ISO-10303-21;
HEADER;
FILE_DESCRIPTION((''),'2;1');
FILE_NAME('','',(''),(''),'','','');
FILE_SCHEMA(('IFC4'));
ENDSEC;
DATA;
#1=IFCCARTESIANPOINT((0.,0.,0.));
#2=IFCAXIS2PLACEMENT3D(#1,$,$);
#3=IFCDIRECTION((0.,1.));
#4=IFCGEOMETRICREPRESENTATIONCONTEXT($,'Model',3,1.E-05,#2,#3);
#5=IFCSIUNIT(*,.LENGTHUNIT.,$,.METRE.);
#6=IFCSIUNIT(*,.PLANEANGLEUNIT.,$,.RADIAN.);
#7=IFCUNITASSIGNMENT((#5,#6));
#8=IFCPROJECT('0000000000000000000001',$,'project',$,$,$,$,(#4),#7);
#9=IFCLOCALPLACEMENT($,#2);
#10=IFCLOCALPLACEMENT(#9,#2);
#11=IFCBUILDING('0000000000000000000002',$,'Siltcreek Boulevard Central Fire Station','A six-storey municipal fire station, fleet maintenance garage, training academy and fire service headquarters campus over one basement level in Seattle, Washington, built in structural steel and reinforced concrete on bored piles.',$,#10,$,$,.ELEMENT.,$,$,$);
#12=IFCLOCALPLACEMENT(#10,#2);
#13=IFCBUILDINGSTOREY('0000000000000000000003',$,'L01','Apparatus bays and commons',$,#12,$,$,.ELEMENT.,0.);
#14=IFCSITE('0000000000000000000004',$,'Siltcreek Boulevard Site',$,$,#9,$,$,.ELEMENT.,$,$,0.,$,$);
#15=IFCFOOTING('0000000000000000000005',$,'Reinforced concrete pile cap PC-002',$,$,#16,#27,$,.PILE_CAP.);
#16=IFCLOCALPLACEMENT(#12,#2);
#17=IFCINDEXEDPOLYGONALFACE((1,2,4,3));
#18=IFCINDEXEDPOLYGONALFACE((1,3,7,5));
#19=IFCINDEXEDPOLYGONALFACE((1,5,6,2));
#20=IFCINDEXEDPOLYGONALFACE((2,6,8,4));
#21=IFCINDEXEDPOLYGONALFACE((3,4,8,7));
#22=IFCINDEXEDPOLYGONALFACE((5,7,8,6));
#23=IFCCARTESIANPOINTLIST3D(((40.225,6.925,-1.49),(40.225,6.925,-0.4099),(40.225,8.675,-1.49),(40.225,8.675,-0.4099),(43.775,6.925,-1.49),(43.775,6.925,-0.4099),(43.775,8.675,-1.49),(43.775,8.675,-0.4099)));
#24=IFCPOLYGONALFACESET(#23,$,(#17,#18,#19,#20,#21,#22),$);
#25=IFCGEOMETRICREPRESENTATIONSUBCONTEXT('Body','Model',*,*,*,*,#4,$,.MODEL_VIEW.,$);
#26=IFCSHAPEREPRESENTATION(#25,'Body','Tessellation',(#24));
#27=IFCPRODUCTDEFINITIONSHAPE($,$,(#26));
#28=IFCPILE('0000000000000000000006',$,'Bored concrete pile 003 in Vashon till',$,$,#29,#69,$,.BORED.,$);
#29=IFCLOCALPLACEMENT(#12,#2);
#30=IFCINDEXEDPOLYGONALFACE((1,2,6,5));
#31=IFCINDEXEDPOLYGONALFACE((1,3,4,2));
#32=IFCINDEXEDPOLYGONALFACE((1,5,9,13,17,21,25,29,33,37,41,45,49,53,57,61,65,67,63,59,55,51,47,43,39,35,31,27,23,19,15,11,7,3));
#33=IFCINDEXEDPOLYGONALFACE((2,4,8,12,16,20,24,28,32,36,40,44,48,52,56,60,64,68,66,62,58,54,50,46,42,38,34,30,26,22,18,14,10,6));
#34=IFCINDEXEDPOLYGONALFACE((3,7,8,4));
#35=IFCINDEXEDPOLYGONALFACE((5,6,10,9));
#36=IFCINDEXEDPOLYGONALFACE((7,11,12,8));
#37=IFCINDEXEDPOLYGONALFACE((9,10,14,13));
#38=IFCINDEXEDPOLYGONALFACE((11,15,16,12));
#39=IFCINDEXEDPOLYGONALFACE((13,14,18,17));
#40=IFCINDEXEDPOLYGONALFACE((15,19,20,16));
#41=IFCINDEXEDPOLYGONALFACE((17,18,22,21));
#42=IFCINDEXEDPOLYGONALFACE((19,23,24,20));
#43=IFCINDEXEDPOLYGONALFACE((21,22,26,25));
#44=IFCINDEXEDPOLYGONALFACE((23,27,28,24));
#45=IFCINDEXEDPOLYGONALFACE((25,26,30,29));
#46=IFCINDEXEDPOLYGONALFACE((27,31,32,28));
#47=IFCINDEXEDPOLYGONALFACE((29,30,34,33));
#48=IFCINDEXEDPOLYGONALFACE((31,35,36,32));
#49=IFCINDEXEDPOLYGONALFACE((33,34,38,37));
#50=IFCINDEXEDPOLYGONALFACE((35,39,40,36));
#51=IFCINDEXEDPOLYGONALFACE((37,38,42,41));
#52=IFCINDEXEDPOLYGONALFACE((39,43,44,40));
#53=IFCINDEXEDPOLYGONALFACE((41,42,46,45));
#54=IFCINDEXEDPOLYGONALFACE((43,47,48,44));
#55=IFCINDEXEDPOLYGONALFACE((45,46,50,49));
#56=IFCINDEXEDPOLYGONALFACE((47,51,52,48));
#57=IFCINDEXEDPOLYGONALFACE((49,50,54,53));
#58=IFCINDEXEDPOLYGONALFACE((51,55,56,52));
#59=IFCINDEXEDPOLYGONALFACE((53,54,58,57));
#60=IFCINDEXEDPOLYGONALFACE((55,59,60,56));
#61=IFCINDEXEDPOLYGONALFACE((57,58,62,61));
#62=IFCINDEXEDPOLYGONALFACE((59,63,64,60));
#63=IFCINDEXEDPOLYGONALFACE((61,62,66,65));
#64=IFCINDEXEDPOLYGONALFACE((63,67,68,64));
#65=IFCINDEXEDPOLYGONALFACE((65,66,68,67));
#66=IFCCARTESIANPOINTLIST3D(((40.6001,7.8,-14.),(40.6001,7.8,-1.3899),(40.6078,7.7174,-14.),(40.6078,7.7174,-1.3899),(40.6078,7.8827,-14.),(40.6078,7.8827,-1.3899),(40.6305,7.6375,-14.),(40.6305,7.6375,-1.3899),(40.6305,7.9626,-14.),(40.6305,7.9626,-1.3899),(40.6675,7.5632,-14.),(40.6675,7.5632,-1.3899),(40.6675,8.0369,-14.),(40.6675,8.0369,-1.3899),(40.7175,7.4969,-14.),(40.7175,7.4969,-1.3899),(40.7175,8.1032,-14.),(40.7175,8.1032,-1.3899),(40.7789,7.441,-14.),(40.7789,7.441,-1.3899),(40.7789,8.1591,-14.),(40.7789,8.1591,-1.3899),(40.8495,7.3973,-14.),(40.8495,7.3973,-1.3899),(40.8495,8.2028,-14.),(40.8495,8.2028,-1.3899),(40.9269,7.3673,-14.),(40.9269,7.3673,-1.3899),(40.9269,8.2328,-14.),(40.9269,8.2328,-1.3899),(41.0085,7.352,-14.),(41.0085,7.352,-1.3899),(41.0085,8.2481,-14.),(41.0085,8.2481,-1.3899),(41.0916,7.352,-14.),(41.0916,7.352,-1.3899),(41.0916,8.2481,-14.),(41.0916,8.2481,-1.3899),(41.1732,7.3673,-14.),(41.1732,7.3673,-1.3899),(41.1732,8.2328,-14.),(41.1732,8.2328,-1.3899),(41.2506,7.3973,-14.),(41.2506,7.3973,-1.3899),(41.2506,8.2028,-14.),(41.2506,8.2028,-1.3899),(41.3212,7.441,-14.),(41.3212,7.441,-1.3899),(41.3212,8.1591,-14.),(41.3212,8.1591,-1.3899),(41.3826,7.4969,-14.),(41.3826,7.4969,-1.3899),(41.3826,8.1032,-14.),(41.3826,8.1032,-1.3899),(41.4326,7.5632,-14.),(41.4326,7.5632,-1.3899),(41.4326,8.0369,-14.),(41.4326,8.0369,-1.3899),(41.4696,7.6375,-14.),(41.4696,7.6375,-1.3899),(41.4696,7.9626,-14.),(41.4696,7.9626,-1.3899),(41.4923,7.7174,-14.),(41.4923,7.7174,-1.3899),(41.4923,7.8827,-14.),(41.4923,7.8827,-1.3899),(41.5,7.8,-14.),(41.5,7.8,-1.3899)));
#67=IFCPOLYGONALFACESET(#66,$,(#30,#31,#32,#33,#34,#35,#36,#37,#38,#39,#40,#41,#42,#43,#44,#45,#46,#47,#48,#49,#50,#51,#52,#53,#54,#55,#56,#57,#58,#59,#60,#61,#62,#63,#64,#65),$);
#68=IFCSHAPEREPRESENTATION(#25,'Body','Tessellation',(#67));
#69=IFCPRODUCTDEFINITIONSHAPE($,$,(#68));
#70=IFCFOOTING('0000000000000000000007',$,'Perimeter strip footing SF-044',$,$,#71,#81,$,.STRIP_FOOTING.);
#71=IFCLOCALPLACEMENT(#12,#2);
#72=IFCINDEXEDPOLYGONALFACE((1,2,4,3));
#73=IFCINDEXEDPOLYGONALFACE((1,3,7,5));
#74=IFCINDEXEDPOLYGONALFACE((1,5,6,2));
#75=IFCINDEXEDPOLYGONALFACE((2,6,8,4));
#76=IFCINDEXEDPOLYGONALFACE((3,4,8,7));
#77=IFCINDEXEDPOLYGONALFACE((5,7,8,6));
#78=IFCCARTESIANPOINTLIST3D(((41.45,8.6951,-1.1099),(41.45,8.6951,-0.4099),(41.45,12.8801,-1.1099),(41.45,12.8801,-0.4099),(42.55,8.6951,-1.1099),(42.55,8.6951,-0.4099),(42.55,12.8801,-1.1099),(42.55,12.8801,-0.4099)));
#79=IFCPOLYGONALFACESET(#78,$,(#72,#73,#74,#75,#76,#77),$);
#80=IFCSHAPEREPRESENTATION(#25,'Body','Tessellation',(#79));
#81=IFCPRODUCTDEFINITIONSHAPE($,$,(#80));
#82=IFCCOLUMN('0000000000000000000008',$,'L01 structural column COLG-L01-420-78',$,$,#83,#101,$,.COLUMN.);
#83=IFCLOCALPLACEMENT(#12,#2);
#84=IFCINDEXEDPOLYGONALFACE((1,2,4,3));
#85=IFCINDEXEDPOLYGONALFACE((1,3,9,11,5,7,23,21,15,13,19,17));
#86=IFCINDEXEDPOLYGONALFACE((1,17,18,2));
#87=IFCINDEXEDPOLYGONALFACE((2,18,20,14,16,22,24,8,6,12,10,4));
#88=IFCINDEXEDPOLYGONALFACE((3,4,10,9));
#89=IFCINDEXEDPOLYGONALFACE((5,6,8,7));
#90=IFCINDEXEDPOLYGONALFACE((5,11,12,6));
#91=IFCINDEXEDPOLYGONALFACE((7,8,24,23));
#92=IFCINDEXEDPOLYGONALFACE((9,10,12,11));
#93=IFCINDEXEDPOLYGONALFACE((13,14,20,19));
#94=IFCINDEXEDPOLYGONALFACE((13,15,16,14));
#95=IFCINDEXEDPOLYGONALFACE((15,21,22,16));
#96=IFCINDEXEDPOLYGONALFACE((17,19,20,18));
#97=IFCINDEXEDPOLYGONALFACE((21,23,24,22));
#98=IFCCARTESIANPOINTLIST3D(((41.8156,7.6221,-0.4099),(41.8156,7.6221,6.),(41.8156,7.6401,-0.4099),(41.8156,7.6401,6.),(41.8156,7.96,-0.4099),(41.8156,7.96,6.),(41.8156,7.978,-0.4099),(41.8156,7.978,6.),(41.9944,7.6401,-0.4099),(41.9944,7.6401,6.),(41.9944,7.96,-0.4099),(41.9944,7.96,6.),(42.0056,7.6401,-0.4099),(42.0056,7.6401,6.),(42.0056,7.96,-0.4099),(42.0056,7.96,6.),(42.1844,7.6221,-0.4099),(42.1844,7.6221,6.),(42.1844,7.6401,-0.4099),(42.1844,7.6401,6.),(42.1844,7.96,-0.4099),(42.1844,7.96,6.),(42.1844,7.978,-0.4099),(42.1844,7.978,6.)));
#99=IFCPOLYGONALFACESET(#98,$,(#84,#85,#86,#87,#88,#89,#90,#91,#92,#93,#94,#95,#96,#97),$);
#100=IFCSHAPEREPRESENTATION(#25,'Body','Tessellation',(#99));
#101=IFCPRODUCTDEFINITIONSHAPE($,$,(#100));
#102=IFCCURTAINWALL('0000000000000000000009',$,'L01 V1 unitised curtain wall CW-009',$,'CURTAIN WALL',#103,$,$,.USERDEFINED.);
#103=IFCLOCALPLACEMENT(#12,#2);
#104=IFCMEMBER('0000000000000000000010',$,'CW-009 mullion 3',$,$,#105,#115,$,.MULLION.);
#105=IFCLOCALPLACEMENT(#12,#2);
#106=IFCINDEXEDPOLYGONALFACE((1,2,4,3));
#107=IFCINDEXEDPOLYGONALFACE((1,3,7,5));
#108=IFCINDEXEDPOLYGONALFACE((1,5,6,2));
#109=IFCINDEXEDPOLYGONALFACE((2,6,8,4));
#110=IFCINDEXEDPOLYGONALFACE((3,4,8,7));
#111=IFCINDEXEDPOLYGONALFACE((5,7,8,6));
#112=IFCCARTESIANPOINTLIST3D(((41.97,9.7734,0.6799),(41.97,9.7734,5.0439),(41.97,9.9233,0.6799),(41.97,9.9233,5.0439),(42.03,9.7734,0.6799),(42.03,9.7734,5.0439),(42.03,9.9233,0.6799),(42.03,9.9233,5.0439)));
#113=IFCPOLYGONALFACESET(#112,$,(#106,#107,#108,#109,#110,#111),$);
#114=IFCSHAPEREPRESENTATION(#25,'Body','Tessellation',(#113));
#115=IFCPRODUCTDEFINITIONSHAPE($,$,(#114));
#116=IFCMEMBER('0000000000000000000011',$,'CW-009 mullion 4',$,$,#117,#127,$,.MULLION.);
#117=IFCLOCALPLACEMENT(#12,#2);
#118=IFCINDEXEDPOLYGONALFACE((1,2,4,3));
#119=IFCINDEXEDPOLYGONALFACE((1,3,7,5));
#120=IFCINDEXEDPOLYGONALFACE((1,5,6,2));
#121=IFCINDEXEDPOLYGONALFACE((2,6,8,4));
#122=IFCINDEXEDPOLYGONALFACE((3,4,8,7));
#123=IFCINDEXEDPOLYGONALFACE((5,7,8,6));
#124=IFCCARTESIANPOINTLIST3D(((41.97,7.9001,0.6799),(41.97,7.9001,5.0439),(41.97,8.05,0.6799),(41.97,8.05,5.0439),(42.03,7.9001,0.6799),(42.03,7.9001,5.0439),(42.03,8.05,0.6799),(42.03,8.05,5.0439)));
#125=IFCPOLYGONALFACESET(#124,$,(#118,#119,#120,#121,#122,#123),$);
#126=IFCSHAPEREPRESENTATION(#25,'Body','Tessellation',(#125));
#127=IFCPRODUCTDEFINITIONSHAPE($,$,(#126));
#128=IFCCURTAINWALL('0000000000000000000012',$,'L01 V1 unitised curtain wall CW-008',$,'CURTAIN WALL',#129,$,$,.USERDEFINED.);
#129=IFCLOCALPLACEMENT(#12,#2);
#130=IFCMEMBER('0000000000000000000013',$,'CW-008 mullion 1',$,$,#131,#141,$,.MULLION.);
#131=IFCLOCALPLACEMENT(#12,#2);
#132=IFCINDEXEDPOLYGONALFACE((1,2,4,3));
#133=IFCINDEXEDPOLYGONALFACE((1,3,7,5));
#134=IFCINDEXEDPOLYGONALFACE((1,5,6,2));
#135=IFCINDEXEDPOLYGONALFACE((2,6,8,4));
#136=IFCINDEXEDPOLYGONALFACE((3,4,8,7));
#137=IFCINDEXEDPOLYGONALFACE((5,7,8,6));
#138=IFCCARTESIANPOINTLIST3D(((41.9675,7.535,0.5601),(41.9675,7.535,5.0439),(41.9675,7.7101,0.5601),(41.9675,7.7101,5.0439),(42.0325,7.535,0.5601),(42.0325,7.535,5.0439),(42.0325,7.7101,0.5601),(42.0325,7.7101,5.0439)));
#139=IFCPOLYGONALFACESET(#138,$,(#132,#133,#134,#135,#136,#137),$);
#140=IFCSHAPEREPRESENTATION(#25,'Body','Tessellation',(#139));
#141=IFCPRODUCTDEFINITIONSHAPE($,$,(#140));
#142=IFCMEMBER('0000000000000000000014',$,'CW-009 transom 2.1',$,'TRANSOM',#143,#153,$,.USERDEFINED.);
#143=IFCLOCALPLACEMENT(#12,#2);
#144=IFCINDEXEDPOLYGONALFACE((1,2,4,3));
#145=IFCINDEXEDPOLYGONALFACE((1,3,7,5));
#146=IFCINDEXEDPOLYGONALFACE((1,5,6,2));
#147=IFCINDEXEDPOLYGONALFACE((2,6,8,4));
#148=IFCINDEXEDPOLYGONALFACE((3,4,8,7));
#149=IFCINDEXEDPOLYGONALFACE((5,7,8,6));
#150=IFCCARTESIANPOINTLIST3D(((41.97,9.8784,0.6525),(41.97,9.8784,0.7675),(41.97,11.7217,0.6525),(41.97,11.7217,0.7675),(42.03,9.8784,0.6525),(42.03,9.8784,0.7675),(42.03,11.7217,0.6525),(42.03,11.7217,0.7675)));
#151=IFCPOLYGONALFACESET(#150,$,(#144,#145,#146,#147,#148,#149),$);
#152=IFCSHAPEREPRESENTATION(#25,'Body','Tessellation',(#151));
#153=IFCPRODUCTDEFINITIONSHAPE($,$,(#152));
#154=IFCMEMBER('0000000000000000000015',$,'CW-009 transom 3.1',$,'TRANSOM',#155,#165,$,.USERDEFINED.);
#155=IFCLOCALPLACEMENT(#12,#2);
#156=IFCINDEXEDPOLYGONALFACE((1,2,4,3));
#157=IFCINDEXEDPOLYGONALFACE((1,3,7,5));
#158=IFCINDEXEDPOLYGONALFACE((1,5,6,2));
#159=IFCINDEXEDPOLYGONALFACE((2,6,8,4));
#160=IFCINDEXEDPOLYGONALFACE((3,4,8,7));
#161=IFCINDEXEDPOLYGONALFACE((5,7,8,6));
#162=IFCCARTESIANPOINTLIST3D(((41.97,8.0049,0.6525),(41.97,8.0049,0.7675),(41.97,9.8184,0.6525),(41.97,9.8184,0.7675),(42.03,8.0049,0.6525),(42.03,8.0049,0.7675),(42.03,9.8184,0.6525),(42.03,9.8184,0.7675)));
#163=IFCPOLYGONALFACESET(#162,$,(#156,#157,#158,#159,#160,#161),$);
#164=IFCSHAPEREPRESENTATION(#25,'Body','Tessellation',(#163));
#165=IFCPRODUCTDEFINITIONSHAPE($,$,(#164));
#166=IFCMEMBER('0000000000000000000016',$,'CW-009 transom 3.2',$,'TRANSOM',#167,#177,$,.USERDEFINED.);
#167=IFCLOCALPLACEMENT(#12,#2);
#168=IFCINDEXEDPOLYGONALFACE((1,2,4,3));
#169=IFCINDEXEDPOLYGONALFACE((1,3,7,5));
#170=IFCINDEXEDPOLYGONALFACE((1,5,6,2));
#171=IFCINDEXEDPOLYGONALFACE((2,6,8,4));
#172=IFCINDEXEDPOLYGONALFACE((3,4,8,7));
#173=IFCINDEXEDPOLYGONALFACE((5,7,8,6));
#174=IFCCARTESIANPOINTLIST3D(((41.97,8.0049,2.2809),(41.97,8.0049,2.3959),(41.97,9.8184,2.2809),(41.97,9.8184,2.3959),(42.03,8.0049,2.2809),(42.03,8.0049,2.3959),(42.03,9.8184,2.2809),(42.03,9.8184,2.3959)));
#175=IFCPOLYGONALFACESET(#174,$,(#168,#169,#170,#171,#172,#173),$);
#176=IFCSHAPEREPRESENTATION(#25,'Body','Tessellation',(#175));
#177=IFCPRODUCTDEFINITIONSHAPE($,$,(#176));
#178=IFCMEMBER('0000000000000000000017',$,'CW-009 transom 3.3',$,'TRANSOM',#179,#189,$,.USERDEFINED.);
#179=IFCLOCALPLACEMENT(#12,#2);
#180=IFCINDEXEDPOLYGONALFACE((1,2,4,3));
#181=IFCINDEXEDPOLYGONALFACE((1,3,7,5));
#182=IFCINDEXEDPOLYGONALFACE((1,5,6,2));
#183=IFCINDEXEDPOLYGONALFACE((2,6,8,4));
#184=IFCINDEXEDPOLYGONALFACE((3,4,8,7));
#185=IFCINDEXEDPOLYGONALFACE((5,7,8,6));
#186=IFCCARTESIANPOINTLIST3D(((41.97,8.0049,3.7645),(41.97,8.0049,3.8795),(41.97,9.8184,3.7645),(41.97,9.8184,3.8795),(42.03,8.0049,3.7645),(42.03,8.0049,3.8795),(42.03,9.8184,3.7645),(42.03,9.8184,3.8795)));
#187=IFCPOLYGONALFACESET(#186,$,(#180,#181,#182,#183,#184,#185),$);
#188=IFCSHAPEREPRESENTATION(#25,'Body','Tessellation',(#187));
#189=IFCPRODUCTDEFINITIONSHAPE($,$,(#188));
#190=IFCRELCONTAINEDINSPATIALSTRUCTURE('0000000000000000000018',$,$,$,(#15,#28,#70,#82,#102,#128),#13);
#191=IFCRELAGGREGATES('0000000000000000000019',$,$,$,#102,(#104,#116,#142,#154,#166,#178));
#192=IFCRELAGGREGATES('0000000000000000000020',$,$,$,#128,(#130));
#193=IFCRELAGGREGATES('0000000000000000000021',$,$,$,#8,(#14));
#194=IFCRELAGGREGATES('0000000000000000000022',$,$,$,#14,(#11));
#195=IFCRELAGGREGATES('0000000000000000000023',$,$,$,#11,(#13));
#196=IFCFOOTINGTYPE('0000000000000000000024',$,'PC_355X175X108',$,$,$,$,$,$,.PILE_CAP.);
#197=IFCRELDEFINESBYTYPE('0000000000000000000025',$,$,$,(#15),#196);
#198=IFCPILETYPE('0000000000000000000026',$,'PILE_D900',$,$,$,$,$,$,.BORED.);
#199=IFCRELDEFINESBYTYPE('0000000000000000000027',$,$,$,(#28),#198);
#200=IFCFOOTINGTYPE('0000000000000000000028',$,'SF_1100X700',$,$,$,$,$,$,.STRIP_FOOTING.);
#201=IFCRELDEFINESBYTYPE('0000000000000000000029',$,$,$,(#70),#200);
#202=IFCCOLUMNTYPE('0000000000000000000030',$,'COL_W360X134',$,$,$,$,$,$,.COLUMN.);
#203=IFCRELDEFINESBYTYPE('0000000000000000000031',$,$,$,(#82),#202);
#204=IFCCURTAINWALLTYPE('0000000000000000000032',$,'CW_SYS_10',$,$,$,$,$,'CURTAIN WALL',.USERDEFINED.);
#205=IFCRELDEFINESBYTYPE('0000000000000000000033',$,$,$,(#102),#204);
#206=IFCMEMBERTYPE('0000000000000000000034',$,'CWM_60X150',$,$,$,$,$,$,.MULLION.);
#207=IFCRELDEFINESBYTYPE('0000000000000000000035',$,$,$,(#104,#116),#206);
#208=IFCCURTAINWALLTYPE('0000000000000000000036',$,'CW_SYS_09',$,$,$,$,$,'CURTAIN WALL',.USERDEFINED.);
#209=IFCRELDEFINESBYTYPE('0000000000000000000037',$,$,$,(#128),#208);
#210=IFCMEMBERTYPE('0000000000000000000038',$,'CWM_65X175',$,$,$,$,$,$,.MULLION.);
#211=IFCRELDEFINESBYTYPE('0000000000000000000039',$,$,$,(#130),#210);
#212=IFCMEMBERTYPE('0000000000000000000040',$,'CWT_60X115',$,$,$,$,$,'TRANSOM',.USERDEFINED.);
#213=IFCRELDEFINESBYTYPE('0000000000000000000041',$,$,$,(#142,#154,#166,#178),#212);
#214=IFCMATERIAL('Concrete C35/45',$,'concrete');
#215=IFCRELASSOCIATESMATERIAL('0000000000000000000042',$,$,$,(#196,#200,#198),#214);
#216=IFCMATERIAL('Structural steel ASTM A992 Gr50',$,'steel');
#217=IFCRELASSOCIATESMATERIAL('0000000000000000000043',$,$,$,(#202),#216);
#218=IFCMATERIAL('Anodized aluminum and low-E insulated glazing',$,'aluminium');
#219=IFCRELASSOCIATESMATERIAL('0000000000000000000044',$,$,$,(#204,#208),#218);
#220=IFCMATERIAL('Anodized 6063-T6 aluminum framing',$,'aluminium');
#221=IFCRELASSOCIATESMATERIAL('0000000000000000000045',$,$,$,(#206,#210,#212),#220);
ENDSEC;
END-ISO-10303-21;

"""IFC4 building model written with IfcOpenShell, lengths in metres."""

from ifc_helpers import new_model, si_unit, direction, frame, origin, origin_2d, place, context, subcontext, project, spatial, rectangle, circle, i_section, extrude, material, material_profile, profile_set, type_object, element, aggregate, save


model = new_model("IFC4")

# Units and contexts
model_context = context("Model", 3, precision=1e-05, world=origin(), true_north=direction((0.0, 1.0)))
body_context = subcontext(model_context, "Body", "Model", "MODEL_VIEW")
ifc_project = project(units=[si_unit("LENGTHUNIT", "METRE"), si_unit("PLANEANGLEUNIT", "RADIAN")], contexts=[model_context])

# Site, building, storey
site_placement = place(None, origin())
site = spatial("IfcSite", under=ifc_project, at=site_placement, Name="Siltcreek Boulevard Site", CompositionType="ELEMENT", RefElevation=0.0)
building_placement = place(site_placement, origin())
building = spatial("IfcBuilding", under=site, at=building_placement, Name="Siltcreek Boulevard Central Fire Station", Description="A six-storey municipal fire station, fleet maintenance garage, training academy and fire service headquarters campus over one basement level in Seattle, Washington, built in structural steel and reinforced concrete on bored piles.", CompositionType="ELEMENT")
storey_placement = place(building_placement, origin())
storey = spatial("IfcBuildingStorey", under=building, at=storey_placement, Name="L01", Description="Apparatus bays and commons", CompositionType="ELEMENT", Elevation=0.0)

# Footing
ifc_material_1 = material(Name="Concrete C35/45", Category="concrete")
footing_type_1 = type_object("IfcFootingType", Name="PC_355X175X108", PredefinedType="PILE_CAP", material=ifc_material_1)
footing_1_placement = place(storey_placement, frame((42.0, 7.8, -1.49), z_axis=(0.0, 0.0, 1.0), x_axis=(1.0, 0.0, 0.0)))
element("IfcFooting", 1, at=footing_1_placement, inside=storey, type_object=footing_type_1, Name="Reinforced concrete pile cap PC-002", PredefinedType="PILE_CAP", context=body_context, shape_type="SweptSolid", body=[
    extrude(rectangle(XDim=3.55, YDim=1.75, at=origin_2d()), origin(), (0.0, 0.0, 1.0), 1.0801),
])

# Pile
ifc_material_profile_1 = material_profile(ifc_material_1, circle(Radius=0.45, at=origin_2d()), Name="SHAFT900")
ifc_profile_set_1 = profile_set([ifc_material_profile_1], Name="Concrete C35/45")
pile_type = type_object("IfcPileType", Name="PILE_D900", PredefinedType="BORED", material=ifc_profile_set_1)
pile_placement = place(storey_placement, frame((41.05, 7.8, -1.3899), z_axis=(0.0, 0.0, -1.0), x_axis=(1.0, 0.0, 0.0)))
element("IfcPile", 2, at=pile_placement, inside=storey, type_object=pile_type, Name="Bored concrete pile 003 in Vashon till", PredefinedType="BORED", context=body_context, shape_type="SweptSolid", body=[
    extrude(circle(Radius=0.45, at=origin_2d()), origin(), (0.0, 0.0, 1.0), 12.6101),
])

# Footing
footing_type_2 = type_object("IfcFootingType", Name="SF_1100X700", PredefinedType="STRIP_FOOTING", material=ifc_material_1)
footing_2_placement = place(storey_placement, frame((42.0, 10.7876, -1.1099), z_axis=(0.0, 0.0, 1.0), x_axis=(1.0, 0.0, 0.0)))
element("IfcFooting", 3, at=footing_2_placement, inside=storey, type_object=footing_type_2, Name="Perimeter strip footing SF-044", PredefinedType="STRIP_FOOTING", context=body_context, shape_type="SweptSolid", body=[
    extrude(rectangle(XDim=1.1001, YDim=4.1851, at=origin_2d()), origin(), (0.0, 0.0, 1.0), 0.7),
])

# Column
ifc_material_2 = material(Name="Structural steel ASTM A992 Gr50", Category="steel")
ifc_material_profile_2 = material_profile(ifc_material_2, i_section(OverallWidth=0.3689, OverallDepth=0.356, WebThickness=0.0112, FlangeThickness=0.0181, at=origin_2d()), Name="W360X134")
ifc_profile_set_2 = profile_set([ifc_material_profile_2], Name="Structural steel ASTM A992 Gr50")
column_type = type_object("IfcColumnType", Name="COL_W360X134", PredefinedType="COLUMN", material=ifc_profile_set_2)
column_placement = place(storey_placement, frame((42.0, 7.8, -0.4099), z_axis=(0.0, 0.0, 1.0), x_axis=(1.0, 0.0, 0.0)))
element("IfcColumn", 4, at=column_placement, inside=storey, type_object=column_type, Name="L01 structural column COLG-L01-420-78", PredefinedType="COLUMN", context=body_context, shape_type="SweptSolid", body=[
    extrude(i_section(OverallWidth=0.3689, OverallDepth=0.356, WebThickness=0.0112, FlangeThickness=0.0181, at=origin_2d()), origin(), (0.0, 0.0, 1.0), 6.4099),
])

# Curtain wall, members
ifc_material_3 = material(Name="Anodized aluminum and low-E insulated glazing", Category="aluminium")
curtain_wall_type_1 = type_object("IfcCurtainWallType", Name="CW_SYS_10", ElementType="CURTAIN WALL", PredefinedType="USERDEFINED", material=ifc_material_3)
curtain_wall_1_placement = place(storey_placement, origin())
curtain_wall_1 = element("IfcCurtainWall", 5, at=curtain_wall_1_placement, inside=storey, type_object=curtain_wall_type_1, Name="L01 V1 unitised curtain wall CW-009", ObjectType="CURTAIN WALL", PredefinedType="USERDEFINED")
ifc_material_4 = material(Name="Anodized 6063-T6 aluminum framing", Category="aluminium")
ifc_material_profile_3 = material_profile(ifc_material_4, rectangle(XDim=0.0601, YDim=0.1499, at=origin_2d()), Name="MULL60X150")
ifc_profile_set_3 = profile_set([ifc_material_profile_3], Name="Anodized 6063-T6 aluminum framing")
member_type_1 = type_object("IfcMemberType", Name="CWM_60X150", PredefinedType="MULLION", material=ifc_profile_set_3)
member_1_placement = place(storey_placement, frame((42.0, 9.8484, 0.6799), z_axis=(0.0, 0.0, 1.0), x_axis=(1.0, 0.0, 0.0)))
member_1 = element("IfcMember", 6, at=member_1_placement, type_object=member_type_1, Name="CW-009 mullion 3", PredefinedType="MULLION", context=body_context, shape_type="SweptSolid", body=[
    extrude(rectangle(XDim=0.0601, YDim=0.1499, at=origin_2d()), origin(), (0.0, 0.0, 1.0), 4.364),
])
member_2_placement = place(storey_placement, frame((42.0, 7.9751, 0.6799), z_axis=(0.0, 0.0, 1.0), x_axis=(1.0, 0.0, 0.0)))
member_2 = element("IfcMember", 7, at=member_2_placement, type_object=member_type_1, Name="CW-009 mullion 4", PredefinedType="MULLION", context=body_context, shape_type="SweptSolid", body=[
    extrude(rectangle(XDim=0.0601, YDim=0.1499, at=origin_2d()), origin(), (0.0, 0.0, 1.0), 4.364),
])

# Curtain wall, member
curtain_wall_type_2 = type_object("IfcCurtainWallType", Name="CW_SYS_09", ElementType="CURTAIN WALL", PredefinedType="USERDEFINED", material=ifc_material_3)
curtain_wall_2_placement = place(storey_placement, origin())
curtain_wall_2 = element("IfcCurtainWall", 8, at=curtain_wall_2_placement, inside=storey, type_object=curtain_wall_type_2, Name="L01 V1 unitised curtain wall CW-008", ObjectType="CURTAIN WALL", PredefinedType="USERDEFINED")
ifc_material_profile_4 = material_profile(ifc_material_4, rectangle(XDim=0.0649, YDim=0.175, at=origin_2d()), Name="MULL65X175")
ifc_profile_set_4 = profile_set([ifc_material_profile_4], Name="Anodized 6063-T6 aluminum framing")
member_type_2 = type_object("IfcMemberType", Name="CWM_65X175", PredefinedType="MULLION", material=ifc_profile_set_4)
member_3_placement = place(storey_placement, frame((42.0, 7.6226, 0.5601), z_axis=(0.0, 0.0, 1.0), x_axis=(1.0, 0.0, 0.0)))
member_3 = element("IfcMember", 9, at=member_3_placement, type_object=member_type_2, Name="CW-008 mullion 1", PredefinedType="MULLION", context=body_context, shape_type="SweptSolid", body=[
    extrude(rectangle(XDim=0.0649, YDim=0.175, at=origin_2d()), origin(), (0.0, 0.0, 1.0), 4.4839),
])

# Members
ifc_material_profile_5 = material_profile(ifc_material_4, rectangle(XDim=0.0601, YDim=0.115, at=origin_2d()), Name="TRAN60X115")
ifc_profile_set_5 = profile_set([ifc_material_profile_5], Name="Anodized 6063-T6 aluminum framing")
member_type_3 = type_object("IfcMemberType", Name="CWT_60X115", ElementType="TRANSOM", PredefinedType="USERDEFINED", material=ifc_profile_set_5)
member_4_placement = place(storey_placement, frame((42.0, 11.7217, 0.71), z_axis=(0.0, -1.0, 0.0), x_axis=(1.0, 0.0, 0.0)))
member_4 = element("IfcMember", 10, at=member_4_placement, type_object=member_type_3, Name="CW-009 transom 2.1", ObjectType="TRANSOM", PredefinedType="USERDEFINED", context=body_context, shape_type="SweptSolid", body=[
    extrude(rectangle(XDim=0.0601, YDim=0.115, at=origin_2d()), origin(), (0.0, 0.0, 1.0), 1.8433),
])
member_5_placement = place(storey_placement, frame((42.0, 9.8184, 0.71), z_axis=(0.0, -1.0, 0.0), x_axis=(1.0, 0.0, 0.0)))
member_5 = element("IfcMember", 11, at=member_5_placement, type_object=member_type_3, Name="CW-009 transom 3.1", ObjectType="TRANSOM", PredefinedType="USERDEFINED", context=body_context, shape_type="SweptSolid", body=[
    extrude(rectangle(XDim=0.0601, YDim=0.115, at=origin_2d()), origin(), (0.0, 0.0, 1.0), 1.8135),
])
member_6_placement = place(storey_placement, frame((42.0, 9.8184, 2.3384), z_axis=(0.0, -1.0, 0.0), x_axis=(1.0, 0.0, 0.0)))
member_6 = element("IfcMember", 12, at=member_6_placement, type_object=member_type_3, Name="CW-009 transom 3.2", ObjectType="TRANSOM", PredefinedType="USERDEFINED", context=body_context, shape_type="SweptSolid", body=[
    extrude(rectangle(XDim=0.0601, YDim=0.115, at=origin_2d()), origin(), (0.0, 0.0, 1.0), 1.8135),
])
member_7_placement = place(storey_placement, frame((42.0, 9.8184, 3.822), z_axis=(0.0, -1.0, 0.0), x_axis=(1.0, 0.0, 0.0)))
member_7 = element("IfcMember", 13, at=member_7_placement, type_object=member_type_3, Name="CW-009 transom 3.3", ObjectType="TRANSOM", PredefinedType="USERDEFINED", context=body_context, shape_type="SweptSolid", body=[
    extrude(rectangle(XDim=0.0601, YDim=0.115, at=origin_2d()), origin(), (0.0, 0.0, 1.0), 1.8135),
])

aggregate(curtain_wall_1, [member_1, member_2, member_4, member_5, member_6, member_7])
aggregate(curtain_wall_2, [member_3])

save(model, "model.ifc")
